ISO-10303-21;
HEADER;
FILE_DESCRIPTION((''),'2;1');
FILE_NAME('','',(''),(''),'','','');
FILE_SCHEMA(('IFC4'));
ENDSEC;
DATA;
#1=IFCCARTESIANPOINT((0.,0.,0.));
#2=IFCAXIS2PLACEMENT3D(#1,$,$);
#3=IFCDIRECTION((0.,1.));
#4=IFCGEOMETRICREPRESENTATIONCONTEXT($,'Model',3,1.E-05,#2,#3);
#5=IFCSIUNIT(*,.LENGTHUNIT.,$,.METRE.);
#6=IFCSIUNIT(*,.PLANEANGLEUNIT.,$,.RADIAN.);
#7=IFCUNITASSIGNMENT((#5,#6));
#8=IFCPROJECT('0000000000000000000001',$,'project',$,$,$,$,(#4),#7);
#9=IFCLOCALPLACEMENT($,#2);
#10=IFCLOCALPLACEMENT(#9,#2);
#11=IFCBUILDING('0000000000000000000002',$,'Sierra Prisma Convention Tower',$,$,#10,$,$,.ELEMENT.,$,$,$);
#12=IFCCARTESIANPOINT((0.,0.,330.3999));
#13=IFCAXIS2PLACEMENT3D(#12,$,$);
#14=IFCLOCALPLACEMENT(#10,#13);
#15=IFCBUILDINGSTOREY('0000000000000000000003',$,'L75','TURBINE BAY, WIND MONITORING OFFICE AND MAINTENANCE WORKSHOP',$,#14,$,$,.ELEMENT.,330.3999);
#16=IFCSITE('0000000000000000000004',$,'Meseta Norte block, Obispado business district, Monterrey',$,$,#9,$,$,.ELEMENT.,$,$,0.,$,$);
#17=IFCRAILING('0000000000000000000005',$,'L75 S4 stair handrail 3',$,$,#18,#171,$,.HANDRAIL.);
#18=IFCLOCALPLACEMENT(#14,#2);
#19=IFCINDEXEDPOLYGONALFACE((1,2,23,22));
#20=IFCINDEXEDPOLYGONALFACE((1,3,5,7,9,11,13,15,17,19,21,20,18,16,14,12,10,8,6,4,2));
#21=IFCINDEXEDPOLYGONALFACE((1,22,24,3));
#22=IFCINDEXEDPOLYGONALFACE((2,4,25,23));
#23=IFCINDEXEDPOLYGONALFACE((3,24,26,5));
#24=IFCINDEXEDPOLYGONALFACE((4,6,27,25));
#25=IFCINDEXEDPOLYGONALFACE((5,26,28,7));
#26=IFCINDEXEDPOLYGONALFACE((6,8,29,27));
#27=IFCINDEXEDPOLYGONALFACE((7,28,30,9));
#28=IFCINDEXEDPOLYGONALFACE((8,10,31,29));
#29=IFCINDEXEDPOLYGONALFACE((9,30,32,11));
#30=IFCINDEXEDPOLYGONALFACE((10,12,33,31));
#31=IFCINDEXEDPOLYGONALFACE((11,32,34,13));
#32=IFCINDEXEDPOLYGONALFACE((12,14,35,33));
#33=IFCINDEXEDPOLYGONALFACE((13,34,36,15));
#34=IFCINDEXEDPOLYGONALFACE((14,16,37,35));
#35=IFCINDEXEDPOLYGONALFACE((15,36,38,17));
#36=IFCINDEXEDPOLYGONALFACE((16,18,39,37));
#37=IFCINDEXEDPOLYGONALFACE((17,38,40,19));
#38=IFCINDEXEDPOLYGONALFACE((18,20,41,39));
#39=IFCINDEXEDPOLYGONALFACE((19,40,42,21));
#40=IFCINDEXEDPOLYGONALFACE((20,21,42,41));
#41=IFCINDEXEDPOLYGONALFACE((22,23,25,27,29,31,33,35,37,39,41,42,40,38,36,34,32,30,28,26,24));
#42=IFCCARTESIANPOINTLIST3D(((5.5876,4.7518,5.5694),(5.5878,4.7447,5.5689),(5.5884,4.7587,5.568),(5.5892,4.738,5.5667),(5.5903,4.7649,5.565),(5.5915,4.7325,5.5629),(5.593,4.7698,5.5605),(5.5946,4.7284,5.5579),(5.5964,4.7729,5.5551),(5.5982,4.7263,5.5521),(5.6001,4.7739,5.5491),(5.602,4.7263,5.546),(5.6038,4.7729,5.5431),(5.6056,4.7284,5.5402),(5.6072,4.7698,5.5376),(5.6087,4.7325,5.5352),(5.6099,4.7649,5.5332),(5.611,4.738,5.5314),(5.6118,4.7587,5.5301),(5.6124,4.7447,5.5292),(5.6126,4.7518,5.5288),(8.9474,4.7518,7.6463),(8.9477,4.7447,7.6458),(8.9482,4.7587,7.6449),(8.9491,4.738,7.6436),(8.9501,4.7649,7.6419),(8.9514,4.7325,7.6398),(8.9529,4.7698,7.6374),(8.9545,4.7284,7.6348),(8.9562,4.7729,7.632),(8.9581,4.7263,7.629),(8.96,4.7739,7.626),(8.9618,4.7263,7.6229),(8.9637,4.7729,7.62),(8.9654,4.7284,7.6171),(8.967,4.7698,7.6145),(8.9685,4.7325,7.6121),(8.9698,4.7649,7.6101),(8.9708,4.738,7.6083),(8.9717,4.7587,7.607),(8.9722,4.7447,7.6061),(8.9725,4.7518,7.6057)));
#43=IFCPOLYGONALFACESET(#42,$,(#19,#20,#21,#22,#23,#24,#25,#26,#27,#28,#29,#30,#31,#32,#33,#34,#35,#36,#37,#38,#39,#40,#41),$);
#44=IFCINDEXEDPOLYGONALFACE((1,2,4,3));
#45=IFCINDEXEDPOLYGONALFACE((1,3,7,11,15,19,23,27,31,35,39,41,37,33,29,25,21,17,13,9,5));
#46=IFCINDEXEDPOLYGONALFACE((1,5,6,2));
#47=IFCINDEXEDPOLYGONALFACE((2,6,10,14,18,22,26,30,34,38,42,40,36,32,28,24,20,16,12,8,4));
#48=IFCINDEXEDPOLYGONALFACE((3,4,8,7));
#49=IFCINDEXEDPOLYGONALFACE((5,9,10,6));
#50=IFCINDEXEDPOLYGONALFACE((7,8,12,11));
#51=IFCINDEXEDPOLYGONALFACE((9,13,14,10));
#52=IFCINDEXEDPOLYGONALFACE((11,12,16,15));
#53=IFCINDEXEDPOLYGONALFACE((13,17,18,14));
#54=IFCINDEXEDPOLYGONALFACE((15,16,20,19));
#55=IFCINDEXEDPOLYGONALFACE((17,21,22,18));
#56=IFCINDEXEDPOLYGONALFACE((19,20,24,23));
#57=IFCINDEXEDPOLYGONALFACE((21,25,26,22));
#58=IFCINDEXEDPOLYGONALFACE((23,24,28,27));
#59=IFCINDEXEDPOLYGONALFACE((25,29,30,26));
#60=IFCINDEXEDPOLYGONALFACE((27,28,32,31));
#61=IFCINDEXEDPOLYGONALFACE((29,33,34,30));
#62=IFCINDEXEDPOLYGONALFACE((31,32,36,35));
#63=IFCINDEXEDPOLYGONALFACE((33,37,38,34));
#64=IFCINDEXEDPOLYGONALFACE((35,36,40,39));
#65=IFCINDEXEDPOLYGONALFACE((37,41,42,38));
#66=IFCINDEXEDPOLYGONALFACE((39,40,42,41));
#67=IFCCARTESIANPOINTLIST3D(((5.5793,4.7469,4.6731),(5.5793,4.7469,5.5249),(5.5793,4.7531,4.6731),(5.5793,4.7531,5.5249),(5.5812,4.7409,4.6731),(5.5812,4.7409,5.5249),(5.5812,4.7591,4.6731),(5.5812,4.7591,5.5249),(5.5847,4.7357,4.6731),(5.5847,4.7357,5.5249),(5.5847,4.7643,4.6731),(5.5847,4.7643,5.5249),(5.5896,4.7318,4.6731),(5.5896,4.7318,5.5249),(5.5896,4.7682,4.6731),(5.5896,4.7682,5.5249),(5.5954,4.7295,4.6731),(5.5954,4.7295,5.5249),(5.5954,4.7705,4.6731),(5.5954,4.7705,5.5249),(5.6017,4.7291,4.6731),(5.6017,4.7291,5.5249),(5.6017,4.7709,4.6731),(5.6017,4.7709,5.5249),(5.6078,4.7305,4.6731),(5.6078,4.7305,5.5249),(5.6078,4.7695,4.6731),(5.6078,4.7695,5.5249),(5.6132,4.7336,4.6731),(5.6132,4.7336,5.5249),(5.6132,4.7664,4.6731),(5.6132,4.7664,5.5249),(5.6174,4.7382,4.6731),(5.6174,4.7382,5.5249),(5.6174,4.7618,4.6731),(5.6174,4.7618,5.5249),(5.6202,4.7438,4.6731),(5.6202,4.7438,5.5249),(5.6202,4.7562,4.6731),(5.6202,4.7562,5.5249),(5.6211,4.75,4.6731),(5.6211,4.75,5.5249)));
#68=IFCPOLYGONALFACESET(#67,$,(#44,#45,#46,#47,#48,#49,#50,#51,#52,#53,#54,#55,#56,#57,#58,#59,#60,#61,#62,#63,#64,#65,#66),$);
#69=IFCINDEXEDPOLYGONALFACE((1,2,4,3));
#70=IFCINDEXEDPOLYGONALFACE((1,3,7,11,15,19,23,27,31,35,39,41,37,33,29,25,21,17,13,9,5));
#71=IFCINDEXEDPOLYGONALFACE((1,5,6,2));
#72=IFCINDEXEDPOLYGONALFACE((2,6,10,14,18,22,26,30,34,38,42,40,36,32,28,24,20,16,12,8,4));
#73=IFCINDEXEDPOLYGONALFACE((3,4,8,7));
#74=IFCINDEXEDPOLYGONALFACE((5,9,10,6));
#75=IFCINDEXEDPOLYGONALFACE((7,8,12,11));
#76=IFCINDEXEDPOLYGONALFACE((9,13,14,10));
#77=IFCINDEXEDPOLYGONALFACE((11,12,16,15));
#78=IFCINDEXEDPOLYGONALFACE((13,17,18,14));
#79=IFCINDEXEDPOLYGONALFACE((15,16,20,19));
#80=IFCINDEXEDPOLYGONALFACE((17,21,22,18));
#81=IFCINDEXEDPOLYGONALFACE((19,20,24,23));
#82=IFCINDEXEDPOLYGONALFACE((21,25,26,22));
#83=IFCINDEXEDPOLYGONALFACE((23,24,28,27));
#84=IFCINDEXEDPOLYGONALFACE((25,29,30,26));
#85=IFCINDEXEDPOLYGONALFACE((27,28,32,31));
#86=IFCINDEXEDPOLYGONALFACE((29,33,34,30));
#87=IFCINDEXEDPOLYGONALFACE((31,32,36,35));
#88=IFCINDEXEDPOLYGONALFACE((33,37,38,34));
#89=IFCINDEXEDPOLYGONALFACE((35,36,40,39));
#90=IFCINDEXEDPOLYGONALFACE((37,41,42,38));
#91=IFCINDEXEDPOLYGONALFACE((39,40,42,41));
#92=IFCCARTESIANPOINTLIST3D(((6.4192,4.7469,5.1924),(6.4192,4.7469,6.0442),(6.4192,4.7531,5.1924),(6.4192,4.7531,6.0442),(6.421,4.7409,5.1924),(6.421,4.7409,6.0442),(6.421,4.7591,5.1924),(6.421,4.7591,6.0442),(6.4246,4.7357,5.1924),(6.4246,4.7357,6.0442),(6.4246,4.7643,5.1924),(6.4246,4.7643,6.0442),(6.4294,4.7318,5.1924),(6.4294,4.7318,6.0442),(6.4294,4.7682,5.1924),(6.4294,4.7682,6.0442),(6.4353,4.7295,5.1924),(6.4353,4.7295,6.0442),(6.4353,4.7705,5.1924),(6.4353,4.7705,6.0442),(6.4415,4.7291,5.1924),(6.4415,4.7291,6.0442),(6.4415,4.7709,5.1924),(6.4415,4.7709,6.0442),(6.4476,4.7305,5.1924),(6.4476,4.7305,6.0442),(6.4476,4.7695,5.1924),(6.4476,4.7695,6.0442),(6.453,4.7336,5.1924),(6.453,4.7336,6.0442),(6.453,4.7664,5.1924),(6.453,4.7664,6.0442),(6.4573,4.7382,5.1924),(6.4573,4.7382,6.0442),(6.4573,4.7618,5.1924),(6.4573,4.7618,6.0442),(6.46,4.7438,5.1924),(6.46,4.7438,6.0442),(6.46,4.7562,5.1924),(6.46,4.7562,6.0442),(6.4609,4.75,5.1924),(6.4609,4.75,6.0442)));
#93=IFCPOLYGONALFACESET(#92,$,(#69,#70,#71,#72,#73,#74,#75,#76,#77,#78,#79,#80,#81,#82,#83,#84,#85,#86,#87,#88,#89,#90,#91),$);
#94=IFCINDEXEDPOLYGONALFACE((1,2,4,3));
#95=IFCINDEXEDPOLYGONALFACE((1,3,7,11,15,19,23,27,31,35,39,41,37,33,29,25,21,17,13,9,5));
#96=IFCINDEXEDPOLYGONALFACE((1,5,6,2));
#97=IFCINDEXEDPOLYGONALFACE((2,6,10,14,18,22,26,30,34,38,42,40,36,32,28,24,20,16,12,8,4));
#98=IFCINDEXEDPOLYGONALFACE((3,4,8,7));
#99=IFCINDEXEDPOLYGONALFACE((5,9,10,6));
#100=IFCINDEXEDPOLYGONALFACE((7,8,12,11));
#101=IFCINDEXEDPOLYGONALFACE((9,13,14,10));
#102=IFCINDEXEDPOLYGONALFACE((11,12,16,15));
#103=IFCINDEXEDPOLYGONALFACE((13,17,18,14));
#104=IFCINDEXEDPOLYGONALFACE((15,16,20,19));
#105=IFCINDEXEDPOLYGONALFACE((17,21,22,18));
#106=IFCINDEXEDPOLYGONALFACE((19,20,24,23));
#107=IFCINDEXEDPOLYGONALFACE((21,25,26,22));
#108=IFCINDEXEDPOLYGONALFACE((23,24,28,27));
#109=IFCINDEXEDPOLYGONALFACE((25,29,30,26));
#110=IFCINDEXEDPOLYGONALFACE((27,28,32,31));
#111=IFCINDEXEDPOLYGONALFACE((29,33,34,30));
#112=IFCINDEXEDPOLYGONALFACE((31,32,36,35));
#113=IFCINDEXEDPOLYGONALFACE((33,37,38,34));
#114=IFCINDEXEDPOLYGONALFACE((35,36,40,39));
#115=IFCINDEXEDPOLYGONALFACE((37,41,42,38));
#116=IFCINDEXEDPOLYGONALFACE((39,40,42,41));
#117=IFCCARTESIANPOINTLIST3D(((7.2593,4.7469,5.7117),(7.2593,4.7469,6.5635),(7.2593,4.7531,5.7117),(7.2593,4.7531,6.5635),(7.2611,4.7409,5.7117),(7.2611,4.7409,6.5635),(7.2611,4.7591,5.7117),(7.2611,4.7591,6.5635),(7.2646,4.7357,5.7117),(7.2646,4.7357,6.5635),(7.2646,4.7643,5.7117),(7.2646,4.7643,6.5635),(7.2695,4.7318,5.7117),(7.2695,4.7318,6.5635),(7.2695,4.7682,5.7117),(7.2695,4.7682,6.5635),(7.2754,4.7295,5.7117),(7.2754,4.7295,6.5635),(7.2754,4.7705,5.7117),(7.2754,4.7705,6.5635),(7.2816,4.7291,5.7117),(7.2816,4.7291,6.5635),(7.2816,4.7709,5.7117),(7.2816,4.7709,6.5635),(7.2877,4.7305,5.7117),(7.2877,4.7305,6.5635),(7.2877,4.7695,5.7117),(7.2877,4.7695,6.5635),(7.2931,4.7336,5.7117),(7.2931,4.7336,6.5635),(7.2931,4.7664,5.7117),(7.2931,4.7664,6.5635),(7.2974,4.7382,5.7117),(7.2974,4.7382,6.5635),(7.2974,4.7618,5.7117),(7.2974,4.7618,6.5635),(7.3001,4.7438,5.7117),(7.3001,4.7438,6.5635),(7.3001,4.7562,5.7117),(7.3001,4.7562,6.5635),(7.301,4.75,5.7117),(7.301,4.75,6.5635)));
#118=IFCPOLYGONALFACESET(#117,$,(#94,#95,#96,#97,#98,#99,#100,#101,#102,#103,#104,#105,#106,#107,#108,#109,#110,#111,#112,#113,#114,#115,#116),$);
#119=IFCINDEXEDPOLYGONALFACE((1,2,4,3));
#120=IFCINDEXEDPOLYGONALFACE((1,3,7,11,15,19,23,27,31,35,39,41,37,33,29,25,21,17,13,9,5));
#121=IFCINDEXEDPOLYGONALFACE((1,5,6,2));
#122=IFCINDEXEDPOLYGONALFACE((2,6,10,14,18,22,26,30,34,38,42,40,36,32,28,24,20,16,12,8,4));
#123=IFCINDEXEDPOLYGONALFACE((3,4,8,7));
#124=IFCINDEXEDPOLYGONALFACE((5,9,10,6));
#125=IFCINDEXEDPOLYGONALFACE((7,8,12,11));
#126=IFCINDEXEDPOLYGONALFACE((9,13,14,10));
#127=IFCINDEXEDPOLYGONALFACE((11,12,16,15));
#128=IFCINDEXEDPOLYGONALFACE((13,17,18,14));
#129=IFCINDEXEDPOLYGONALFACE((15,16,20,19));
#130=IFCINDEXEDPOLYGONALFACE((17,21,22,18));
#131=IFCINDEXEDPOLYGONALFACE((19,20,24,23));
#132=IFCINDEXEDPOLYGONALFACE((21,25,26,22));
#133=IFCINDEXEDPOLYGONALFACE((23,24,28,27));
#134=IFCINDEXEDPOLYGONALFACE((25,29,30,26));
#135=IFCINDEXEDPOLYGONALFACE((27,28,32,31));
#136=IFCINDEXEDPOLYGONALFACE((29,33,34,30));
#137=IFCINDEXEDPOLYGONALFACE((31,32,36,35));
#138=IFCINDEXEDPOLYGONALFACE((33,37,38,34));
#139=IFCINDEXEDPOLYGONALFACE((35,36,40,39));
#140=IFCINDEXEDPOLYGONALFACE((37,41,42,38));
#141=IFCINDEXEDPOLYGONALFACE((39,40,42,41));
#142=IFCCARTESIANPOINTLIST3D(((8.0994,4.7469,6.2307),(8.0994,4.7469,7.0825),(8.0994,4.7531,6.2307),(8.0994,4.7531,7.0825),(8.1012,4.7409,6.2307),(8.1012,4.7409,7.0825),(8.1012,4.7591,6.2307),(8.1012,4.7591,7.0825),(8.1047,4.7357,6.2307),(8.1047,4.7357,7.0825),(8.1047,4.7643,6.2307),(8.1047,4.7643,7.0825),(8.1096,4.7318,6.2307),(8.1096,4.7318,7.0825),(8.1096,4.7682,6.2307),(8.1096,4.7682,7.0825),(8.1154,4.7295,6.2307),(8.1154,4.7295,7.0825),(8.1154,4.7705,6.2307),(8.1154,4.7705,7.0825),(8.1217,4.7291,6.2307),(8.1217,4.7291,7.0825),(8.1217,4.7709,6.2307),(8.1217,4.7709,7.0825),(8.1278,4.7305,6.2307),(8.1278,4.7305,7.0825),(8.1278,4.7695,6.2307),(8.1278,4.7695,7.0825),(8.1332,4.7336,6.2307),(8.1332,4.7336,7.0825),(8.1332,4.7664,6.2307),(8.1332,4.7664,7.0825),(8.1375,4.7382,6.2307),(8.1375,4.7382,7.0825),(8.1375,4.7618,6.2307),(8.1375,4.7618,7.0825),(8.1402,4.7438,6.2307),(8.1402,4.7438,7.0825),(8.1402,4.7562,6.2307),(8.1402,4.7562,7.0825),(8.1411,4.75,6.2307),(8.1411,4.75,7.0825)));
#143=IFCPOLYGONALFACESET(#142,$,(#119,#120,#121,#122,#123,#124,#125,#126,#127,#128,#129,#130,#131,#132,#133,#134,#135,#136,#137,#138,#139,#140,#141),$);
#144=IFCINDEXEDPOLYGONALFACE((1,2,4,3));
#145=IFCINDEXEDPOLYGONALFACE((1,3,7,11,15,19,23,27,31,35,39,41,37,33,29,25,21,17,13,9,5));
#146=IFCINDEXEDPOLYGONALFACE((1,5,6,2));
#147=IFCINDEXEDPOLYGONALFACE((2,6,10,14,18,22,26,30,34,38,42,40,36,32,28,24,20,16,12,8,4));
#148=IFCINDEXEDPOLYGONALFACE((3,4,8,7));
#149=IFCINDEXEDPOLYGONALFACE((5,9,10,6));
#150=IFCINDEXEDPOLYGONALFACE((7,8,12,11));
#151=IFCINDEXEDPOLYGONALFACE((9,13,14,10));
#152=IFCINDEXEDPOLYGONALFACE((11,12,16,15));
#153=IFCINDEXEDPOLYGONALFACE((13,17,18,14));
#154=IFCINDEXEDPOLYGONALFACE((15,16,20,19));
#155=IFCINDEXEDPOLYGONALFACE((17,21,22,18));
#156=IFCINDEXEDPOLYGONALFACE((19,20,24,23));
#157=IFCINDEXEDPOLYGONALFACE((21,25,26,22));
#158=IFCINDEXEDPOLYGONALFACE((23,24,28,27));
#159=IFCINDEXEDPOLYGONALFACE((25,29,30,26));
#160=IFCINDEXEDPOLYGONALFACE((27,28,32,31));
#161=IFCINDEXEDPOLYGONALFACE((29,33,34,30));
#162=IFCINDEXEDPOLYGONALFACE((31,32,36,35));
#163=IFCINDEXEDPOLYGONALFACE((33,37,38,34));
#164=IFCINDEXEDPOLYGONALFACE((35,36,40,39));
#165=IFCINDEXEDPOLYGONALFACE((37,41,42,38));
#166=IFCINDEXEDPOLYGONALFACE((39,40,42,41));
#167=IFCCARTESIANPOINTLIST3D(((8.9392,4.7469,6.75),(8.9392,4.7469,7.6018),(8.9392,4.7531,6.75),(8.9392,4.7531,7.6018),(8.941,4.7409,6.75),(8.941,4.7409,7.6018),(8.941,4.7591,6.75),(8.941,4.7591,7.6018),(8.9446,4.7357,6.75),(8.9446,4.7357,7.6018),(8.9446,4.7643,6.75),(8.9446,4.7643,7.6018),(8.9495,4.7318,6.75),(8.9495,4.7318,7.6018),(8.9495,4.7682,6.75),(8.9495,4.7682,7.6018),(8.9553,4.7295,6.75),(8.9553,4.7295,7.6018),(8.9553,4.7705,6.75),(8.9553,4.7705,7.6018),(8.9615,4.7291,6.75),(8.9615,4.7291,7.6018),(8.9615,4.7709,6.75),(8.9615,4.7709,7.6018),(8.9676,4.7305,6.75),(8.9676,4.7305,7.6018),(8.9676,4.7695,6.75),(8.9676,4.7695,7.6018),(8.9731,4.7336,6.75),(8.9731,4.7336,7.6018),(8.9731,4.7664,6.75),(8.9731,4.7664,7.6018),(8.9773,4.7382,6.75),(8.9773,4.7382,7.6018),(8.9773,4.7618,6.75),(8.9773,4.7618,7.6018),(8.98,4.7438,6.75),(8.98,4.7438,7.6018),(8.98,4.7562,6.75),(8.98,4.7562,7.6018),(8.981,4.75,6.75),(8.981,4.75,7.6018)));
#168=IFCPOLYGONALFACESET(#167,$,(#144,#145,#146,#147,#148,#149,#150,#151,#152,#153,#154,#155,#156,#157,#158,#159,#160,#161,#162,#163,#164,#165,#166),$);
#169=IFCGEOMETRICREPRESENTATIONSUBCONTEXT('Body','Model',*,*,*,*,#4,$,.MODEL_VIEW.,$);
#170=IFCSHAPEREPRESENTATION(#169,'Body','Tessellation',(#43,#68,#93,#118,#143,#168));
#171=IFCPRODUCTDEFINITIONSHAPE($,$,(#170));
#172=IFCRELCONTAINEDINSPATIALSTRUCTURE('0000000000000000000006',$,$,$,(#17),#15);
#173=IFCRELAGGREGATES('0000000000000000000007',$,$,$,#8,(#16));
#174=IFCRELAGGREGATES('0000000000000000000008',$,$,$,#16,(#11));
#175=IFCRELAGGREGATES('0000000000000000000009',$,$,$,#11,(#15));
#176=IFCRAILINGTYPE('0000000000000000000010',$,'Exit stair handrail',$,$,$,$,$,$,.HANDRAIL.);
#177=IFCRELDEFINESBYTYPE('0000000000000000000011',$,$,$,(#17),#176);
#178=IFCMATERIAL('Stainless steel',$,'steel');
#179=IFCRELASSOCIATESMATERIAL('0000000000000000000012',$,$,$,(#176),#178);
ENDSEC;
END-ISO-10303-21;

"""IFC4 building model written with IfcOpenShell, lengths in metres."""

from ifc_helpers import new_model, si_unit, direction, frame, origin, origin_2d, place, context, subcontext, project, spatial, circle, extrude, material, type_object, element, save


model = new_model("IFC4")

# Units and contexts
model_context = context("Model", 3, precision=1e-05, world=origin(), true_north=direction((0.0, 1.0)))
body_context = subcontext(model_context, "Body", "Model", "MODEL_VIEW")
ifc_project = project(units=[si_unit("LENGTHUNIT", "METRE"), si_unit("PLANEANGLEUNIT", "RADIAN")], contexts=[model_context])

# Site, building, storey
site_placement = place(None, origin())
site = spatial("IfcSite", under=ifc_project, at=site_placement, Name="Meseta Norte block, Obispado business district, Monterrey", CompositionType="ELEMENT", RefElevation=0.0)
building_placement = place(site_placement, origin())
building = spatial("IfcBuilding", under=site, at=building_placement, Name="Sierra Prisma Convention Tower", CompositionType="ELEMENT")
storey_placement = place(building_placement, frame((0.0, 0.0, 330.3999)))
storey = spatial("IfcBuildingStorey", under=building, at=storey_placement, Name="L75", Description="TURBINE BAY, WIND MONITORING OFFICE AND MAINTENANCE WORKSHOP", CompositionType="ELEMENT", Elevation=330.3999)

# Railing
ifc_material_1 = material(Name="Stainless steel", Category="steel")
railing_type_1 = type_object("IfcRailingType", Name="Exit stair handrail", PredefinedType="HANDRAIL", material=ifc_material_1)
for number, where, name in (
    (1, (5.6001, 4.75, 4.6731), "L75 S4 stair handrail 3"),
):
    element("IfcRailing", number, at=place(storey_placement, frame(where)), inside=storey, type_object=railing_type_1, Name=name, PredefinedType="HANDRAIL", context=body_context, shape_type="SweptSolid", body=[
        extrude(circle(Radius=0.0239, at=origin_2d()), frame((0.0, 0.0, 0.876), z_axis=(0.850606, 0.0, 0.525803), x_axis=(0.0, 1.0, 0.0)), (0.0, 0.0, 1.0), 3.95),
        extrude(circle(Radius=0.021, at=origin_2d()), origin(), (0.0, 0.0, 1.0), 0.8518),
        extrude(circle(Radius=0.021, at=origin_2d()), frame((0.8398, 0.0, 0.5193)), (0.0, 0.0, 1.0), 0.8518),
        extrude(circle(Radius=0.021, at=origin_2d()), frame((1.6799, 0.0, 1.0386)), (0.0, 0.0, 1.0), 0.8518),
        extrude(circle(Radius=0.021, at=origin_2d()), frame((2.52, 0.0, 1.5576)), (0.0, 0.0, 1.0), 0.8518),
        extrude(circle(Radius=0.021, at=origin_2d()), frame((3.3599, 0.0, 2.0769)), (0.0, 0.0, 1.0), 0.8518),
    ])

save(model, "model.ifc")
